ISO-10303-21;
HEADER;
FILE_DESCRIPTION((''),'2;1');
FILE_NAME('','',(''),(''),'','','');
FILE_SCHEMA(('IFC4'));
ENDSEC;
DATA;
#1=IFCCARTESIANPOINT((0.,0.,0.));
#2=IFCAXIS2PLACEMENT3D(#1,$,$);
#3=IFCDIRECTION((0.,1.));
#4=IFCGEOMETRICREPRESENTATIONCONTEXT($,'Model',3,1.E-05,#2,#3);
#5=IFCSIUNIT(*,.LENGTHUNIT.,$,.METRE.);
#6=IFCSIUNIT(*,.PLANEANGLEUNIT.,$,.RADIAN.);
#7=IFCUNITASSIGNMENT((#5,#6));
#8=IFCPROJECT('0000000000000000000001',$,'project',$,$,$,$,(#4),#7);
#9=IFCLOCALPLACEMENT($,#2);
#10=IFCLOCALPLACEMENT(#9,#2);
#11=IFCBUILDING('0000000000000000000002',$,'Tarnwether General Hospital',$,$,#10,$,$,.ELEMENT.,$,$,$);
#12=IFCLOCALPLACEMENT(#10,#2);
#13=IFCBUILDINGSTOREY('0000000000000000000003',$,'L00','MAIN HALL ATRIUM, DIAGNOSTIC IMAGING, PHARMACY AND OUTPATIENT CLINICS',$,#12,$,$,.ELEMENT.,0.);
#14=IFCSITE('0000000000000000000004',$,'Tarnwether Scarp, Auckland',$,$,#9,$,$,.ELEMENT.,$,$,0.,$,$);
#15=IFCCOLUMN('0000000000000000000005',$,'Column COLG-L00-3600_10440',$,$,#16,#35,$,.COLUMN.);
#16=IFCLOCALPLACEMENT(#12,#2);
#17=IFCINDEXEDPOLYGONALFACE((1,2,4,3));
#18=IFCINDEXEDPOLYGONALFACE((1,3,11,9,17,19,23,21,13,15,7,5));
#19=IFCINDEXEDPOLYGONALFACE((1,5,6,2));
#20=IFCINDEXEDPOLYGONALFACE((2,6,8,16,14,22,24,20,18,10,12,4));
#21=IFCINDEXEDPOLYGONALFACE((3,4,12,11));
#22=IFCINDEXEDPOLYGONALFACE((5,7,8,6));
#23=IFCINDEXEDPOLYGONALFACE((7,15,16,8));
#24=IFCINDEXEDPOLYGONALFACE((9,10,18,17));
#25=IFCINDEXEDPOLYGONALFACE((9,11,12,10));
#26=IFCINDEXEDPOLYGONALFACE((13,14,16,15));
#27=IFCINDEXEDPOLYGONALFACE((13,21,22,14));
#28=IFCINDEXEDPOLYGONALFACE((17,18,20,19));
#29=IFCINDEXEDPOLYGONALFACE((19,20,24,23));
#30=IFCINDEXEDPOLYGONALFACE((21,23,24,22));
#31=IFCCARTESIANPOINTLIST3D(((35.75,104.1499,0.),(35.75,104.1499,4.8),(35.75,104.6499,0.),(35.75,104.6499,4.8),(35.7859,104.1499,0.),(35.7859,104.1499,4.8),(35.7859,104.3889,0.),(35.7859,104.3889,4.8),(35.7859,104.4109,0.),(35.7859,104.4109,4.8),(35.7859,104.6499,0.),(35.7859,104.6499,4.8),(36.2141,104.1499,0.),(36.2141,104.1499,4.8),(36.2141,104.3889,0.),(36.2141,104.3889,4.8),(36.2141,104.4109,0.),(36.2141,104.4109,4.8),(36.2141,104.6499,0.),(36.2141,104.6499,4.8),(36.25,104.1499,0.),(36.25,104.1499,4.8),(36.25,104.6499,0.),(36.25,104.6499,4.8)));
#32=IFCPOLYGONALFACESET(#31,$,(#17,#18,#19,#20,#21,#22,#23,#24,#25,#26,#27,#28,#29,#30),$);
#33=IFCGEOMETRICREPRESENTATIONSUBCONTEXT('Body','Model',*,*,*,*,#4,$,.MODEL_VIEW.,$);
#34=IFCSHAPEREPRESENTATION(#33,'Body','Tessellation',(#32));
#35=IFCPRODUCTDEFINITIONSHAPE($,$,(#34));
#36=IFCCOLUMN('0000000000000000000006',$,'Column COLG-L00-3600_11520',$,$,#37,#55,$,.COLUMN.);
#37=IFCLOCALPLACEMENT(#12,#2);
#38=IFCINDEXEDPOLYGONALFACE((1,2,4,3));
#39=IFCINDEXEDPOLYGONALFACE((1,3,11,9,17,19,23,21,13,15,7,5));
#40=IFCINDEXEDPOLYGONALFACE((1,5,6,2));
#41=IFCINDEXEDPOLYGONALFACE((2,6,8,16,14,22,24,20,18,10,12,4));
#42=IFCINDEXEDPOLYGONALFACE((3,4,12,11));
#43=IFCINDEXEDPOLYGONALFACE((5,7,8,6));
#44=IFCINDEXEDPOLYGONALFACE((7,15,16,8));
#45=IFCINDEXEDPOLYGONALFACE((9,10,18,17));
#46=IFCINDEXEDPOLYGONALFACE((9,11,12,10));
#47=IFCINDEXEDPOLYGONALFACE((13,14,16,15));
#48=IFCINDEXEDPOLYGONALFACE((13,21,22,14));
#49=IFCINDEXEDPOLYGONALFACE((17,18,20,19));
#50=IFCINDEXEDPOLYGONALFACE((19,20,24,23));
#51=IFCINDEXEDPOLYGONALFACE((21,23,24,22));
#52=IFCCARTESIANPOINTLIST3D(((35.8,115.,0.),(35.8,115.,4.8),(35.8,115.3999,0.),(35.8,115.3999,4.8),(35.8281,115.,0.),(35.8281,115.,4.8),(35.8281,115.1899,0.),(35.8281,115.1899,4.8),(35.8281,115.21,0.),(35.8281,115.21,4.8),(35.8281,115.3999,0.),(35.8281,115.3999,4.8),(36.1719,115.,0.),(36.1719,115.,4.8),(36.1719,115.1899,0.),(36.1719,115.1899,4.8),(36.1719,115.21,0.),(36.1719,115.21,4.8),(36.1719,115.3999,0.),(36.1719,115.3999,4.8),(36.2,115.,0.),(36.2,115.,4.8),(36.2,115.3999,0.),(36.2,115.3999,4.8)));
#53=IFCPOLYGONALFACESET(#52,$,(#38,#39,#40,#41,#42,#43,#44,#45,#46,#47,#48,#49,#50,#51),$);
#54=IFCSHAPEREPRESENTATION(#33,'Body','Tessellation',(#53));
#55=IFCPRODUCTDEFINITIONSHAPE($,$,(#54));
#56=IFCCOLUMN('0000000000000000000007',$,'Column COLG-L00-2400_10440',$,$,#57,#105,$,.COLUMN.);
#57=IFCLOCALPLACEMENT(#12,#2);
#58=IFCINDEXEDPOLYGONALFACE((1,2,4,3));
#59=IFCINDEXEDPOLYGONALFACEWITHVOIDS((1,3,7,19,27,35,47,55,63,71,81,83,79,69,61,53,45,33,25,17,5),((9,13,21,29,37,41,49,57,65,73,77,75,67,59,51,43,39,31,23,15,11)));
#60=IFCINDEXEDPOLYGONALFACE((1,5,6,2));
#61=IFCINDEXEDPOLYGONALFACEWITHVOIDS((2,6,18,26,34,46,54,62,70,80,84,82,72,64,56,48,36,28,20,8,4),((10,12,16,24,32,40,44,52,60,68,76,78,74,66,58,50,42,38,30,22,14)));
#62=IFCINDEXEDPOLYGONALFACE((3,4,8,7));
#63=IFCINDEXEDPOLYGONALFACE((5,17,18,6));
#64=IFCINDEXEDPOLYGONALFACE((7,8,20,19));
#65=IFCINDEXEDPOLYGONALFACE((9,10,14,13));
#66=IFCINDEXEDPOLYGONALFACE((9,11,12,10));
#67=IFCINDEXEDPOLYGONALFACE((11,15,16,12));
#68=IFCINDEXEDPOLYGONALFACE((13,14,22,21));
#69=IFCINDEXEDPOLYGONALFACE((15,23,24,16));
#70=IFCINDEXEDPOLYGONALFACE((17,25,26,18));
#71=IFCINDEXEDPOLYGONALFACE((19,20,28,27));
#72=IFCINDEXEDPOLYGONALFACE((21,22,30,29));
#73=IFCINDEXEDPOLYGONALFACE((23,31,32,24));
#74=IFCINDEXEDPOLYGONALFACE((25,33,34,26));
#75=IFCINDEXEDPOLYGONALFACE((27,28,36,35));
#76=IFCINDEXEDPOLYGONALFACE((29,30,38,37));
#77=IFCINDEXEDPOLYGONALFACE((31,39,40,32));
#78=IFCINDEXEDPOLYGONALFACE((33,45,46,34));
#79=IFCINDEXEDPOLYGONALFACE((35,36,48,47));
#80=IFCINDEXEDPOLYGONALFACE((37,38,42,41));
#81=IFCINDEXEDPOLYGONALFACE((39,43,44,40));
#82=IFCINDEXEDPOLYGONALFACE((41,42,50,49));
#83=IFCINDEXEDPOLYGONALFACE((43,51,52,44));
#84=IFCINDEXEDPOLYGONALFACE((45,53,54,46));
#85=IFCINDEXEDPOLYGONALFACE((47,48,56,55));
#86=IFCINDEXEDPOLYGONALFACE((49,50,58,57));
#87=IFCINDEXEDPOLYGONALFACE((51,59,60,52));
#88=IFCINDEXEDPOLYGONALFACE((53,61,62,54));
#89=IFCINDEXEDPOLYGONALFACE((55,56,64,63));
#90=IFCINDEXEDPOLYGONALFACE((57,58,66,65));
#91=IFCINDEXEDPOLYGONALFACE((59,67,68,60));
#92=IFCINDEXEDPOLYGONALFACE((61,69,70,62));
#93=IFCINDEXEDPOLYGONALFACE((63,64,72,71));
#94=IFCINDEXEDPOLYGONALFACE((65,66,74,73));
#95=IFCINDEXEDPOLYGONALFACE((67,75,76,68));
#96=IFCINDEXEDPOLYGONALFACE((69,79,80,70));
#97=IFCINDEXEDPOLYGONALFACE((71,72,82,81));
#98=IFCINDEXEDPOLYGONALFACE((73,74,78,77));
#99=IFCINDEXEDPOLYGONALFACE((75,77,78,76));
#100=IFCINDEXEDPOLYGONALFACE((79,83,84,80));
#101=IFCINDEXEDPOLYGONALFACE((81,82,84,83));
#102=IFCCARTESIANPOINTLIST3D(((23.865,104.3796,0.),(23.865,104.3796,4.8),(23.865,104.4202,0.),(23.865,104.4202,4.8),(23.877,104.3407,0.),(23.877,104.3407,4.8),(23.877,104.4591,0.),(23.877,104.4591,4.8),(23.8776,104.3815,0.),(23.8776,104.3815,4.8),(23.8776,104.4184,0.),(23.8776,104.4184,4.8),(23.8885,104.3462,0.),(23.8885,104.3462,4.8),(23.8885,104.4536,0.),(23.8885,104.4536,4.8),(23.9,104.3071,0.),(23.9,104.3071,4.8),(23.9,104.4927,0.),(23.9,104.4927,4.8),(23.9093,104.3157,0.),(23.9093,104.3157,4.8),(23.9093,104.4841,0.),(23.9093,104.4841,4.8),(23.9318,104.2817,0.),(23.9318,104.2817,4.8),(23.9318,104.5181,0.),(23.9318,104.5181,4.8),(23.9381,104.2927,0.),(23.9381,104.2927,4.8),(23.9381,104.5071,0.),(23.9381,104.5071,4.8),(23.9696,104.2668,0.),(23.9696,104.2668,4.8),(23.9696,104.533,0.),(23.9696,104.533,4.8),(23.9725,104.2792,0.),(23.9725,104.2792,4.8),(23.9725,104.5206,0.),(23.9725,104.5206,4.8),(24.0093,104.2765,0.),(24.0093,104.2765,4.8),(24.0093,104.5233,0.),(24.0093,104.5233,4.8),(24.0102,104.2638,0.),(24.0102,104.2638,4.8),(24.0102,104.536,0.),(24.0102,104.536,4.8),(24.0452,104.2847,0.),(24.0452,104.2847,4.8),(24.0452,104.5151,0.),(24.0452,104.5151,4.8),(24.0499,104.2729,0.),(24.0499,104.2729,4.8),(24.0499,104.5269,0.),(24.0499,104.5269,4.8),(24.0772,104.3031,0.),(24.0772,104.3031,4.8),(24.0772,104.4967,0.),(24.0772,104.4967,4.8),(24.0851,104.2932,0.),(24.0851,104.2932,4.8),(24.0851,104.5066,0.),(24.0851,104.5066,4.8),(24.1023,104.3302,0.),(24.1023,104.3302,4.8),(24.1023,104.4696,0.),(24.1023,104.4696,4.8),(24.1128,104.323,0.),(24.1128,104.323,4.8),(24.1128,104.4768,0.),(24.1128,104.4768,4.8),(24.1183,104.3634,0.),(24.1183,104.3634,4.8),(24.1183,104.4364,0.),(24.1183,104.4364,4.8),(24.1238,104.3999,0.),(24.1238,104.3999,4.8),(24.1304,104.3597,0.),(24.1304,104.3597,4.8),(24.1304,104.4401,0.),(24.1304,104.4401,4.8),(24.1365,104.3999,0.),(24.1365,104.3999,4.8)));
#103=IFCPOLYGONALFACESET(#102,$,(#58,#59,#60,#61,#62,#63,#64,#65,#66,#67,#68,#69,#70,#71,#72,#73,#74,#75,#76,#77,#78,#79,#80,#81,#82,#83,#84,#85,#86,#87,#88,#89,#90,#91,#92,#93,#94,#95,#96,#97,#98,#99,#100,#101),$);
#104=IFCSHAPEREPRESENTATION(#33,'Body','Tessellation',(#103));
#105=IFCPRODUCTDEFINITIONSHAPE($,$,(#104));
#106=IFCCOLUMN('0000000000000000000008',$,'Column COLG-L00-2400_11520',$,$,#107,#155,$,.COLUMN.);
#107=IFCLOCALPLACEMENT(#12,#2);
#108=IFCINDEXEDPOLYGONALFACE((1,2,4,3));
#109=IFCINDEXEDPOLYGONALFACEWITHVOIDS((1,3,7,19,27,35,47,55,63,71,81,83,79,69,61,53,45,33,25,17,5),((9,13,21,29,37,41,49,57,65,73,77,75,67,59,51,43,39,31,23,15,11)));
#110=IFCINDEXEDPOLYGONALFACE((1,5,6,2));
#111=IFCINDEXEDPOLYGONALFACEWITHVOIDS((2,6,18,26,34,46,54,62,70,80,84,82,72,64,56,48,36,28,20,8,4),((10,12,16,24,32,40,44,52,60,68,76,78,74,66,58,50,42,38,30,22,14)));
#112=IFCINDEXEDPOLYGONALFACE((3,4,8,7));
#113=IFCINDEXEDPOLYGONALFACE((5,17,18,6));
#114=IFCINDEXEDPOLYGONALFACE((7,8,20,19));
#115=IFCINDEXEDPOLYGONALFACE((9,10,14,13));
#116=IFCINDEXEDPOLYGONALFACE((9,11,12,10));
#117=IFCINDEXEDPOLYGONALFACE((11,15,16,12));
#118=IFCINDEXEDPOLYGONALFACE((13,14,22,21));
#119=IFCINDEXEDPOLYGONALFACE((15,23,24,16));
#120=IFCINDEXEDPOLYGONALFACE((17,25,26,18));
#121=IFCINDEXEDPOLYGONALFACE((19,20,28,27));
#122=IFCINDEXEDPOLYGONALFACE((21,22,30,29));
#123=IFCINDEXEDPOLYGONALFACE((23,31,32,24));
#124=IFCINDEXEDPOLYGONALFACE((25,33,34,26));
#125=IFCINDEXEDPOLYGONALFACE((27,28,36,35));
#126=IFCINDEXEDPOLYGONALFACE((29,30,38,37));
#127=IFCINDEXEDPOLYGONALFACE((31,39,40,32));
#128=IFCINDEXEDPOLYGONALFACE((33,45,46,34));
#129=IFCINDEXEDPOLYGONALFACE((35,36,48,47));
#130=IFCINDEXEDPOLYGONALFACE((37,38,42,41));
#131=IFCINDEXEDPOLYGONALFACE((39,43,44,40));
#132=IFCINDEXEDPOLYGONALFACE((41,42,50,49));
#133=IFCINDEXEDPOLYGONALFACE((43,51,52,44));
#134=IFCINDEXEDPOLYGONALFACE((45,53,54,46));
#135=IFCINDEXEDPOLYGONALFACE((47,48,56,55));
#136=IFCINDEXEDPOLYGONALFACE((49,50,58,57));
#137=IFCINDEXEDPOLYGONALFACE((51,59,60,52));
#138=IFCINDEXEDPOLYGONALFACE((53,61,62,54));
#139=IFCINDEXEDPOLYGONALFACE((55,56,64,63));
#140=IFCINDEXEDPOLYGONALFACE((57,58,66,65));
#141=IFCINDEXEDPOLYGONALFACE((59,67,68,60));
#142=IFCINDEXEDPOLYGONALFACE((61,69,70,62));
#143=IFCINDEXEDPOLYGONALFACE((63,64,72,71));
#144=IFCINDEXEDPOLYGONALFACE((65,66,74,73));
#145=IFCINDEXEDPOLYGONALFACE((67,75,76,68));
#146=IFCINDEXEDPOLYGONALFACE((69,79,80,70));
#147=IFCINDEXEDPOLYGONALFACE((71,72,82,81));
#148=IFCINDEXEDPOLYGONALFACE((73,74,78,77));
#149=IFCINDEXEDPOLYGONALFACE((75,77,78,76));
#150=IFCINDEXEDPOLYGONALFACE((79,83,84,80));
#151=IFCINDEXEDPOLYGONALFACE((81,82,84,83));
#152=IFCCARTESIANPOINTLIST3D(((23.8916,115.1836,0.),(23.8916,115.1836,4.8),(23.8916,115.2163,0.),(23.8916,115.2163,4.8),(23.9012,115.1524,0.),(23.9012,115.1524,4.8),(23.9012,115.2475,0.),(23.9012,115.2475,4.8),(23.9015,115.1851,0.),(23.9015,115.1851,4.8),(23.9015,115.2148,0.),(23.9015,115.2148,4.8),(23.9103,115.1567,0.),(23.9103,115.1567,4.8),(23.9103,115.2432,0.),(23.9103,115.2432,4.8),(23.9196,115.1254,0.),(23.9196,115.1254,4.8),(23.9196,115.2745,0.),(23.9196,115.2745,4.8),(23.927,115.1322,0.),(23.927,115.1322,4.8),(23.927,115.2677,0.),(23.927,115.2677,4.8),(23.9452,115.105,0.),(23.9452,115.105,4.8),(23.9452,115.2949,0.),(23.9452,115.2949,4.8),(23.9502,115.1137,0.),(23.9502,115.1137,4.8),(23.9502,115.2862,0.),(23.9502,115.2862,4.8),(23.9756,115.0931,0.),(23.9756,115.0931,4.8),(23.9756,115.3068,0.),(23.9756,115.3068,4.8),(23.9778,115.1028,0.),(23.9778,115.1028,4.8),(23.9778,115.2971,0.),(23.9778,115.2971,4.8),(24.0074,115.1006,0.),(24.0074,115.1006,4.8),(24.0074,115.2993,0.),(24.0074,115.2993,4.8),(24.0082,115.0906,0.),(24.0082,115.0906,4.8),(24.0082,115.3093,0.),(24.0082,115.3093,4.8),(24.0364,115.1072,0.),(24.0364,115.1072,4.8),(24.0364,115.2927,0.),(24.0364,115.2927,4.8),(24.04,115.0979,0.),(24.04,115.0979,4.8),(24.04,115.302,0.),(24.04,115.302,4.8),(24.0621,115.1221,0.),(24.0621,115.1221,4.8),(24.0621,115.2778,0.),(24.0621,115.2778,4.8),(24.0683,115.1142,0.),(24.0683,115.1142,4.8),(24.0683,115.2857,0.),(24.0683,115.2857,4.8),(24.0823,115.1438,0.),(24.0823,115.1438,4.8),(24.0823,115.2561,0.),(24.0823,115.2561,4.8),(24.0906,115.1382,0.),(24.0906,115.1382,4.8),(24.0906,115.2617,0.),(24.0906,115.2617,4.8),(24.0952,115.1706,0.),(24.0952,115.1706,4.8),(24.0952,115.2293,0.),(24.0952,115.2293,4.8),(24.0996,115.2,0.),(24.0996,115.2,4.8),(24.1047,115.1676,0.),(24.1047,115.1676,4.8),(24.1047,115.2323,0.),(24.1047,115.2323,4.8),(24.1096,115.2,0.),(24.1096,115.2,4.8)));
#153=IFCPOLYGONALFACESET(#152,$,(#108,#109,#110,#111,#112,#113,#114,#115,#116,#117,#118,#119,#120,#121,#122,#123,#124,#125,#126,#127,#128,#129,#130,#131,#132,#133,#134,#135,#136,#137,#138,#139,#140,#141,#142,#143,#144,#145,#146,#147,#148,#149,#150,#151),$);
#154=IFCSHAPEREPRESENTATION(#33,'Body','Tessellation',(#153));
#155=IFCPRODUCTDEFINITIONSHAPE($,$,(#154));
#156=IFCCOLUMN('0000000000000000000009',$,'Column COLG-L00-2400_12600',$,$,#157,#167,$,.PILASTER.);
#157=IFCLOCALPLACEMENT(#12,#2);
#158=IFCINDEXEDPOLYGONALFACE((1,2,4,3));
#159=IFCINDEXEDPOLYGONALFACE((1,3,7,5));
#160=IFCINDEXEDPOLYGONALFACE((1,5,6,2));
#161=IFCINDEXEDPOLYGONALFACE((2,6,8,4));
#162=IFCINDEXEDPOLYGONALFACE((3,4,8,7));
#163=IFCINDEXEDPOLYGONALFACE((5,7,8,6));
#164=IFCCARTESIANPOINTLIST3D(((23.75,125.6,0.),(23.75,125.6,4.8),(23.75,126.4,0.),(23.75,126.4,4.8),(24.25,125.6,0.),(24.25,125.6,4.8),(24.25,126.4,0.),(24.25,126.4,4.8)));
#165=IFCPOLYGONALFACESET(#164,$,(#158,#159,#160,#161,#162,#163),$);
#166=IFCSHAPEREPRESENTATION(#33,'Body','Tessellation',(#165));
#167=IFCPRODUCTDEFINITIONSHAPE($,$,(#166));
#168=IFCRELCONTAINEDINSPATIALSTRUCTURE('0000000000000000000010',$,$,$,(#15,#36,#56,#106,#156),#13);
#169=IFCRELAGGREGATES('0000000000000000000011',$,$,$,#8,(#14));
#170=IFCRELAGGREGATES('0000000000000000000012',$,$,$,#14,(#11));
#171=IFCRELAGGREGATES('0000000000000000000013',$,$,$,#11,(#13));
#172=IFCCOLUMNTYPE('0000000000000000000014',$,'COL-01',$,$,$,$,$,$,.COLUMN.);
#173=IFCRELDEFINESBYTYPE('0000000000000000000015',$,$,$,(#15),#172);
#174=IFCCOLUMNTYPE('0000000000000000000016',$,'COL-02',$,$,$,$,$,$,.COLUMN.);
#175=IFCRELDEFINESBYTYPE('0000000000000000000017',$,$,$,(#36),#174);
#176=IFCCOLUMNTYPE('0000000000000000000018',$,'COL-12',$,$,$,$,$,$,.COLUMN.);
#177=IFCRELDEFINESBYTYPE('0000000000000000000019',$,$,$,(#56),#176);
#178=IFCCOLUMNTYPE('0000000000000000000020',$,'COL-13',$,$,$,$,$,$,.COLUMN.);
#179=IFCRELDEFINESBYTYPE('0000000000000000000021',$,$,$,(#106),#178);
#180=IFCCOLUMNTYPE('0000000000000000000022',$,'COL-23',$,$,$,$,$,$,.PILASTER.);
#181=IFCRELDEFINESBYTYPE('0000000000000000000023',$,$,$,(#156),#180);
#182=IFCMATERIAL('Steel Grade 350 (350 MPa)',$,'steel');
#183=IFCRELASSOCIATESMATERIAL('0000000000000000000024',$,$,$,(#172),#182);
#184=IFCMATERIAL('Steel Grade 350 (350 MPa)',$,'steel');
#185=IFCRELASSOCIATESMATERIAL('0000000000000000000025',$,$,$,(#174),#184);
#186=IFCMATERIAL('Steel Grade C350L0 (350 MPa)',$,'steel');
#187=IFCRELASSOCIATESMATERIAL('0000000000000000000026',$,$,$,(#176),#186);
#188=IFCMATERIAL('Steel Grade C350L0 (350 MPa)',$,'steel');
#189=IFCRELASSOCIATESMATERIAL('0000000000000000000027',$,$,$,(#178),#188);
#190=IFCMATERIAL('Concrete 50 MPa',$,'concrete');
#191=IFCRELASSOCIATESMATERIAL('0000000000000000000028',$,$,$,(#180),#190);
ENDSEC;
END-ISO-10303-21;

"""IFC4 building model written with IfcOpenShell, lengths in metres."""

from ifc_helpers import new_model, si_unit, direction, frame, origin, origin_2d, place, context, subcontext, project, spatial, rectangle, hollow_circle, i_section, extrude, material, material_profile, profile_set, type_object, element, save


model = new_model("IFC4")

# Units and contexts
model_context = context("Model", 3, precision=1e-05, world=origin(), true_north=direction((0.0, 1.0)))
body_context = subcontext(model_context, "Body", "Model", "MODEL_VIEW")
ifc_project = project(units=[si_unit("LENGTHUNIT", "METRE"), si_unit("PLANEANGLEUNIT", "RADIAN")], contexts=[model_context])

# Site, building, storey
site_placement = place(None, origin())
site = spatial("IfcSite", under=ifc_project, at=site_placement, Name="Tarnwether Scarp, Auckland", CompositionType="ELEMENT", RefElevation=0.0)
building_placement = place(site_placement, origin())
building = spatial("IfcBuilding", under=site, at=building_placement, Name="Tarnwether General Hospital", CompositionType="ELEMENT")
storey_placement = place(building_placement, origin())
storey = spatial("IfcBuildingStorey", under=building, at=storey_placement, Name="L00", Description="MAIN HALL ATRIUM, DIAGNOSTIC IMAGING, PHARMACY AND OUTPATIENT CLINICS", CompositionType="ELEMENT", Elevation=0.0)

# Columns
ifc_material_1 = material(Name="Steel Grade 350 (350 MPa)", Category="steel")
ifc_material_profile_1 = material_profile(ifc_material_1, i_section(OverallWidth=0.5, OverallDepth=0.5, WebThickness=0.022, FlangeThickness=0.0359, at=origin_2d()), Name="500WC380")
ifc_profile_set_1 = profile_set([ifc_material_profile_1], Name="Steel Grade 350 (350 MPa)")
column_type_1 = type_object("IfcColumnType", Name="COL-01", PredefinedType="COLUMN", material=ifc_profile_set_1)
column_1_placement = place(storey_placement, frame((36.0, 104.3999, 0.0), z_axis=(0.0, 0.0, 1.0), x_axis=(0.0, 1.0, 0.0)))
element("IfcColumn", 1, at=column_1_placement, inside=storey, type_object=column_type_1, Name="Column COLG-L00-3600_10440", PredefinedType="COLUMN", context=body_context, shape_type="SweptSolid", body=[
    extrude(i_section(OverallWidth=0.5, OverallDepth=0.5, WebThickness=0.022, FlangeThickness=0.0359, at=origin_2d()), origin(), (0.0, 0.0, 1.0), 4.8),
])
ifc_material_2 = material(Name="Steel Grade 350 (350 MPa)", Category="steel")
ifc_material_profile_2 = material_profile(ifc_material_2, i_section(OverallWidth=0.3999, OverallDepth=0.3999, WebThickness=0.02, FlangeThickness=0.0281, at=origin_2d()), Name="400WC270")
ifc_profile_set_2 = profile_set([ifc_material_profile_2], Name="Steel Grade 350 (350 MPa)")
column_type_2 = type_object("IfcColumnType", Name="COL-02", PredefinedType="COLUMN", material=ifc_profile_set_2)
column_2_placement = place(storey_placement, frame((36.0, 115.2, 0.0), z_axis=(0.0, 0.0, 1.0), x_axis=(0.0, 1.0, 0.0)))
element("IfcColumn", 2, at=column_2_placement, inside=storey, type_object=column_type_2, Name="Column COLG-L00-3600_11520", PredefinedType="COLUMN", context=body_context, shape_type="SweptSolid", body=[
    extrude(i_section(OverallWidth=0.3999, OverallDepth=0.3999, WebThickness=0.02, FlangeThickness=0.0281, at=origin_2d()), origin(), (0.0, 0.0, 1.0), 4.8),
])
ifc_material_3 = material(Name="Steel Grade C350L0 (350 MPa)", Category="steel")
ifc_material_profile_3 = material_profile(ifc_material_3, hollow_circle(Radius=0.1365, WallThickness=0.0127, at=origin_2d()), Name="CHS273.1x12.7")
ifc_profile_set_3 = profile_set([ifc_material_profile_3], Name="Steel Grade C350L0 (350 MPa)")
column_type_3 = type_object("IfcColumnType", Name="COL-12", PredefinedType="COLUMN", material=ifc_profile_set_3)
column_3_placement = place(storey_placement, frame((24.0, 104.3999, 0.0), z_axis=(0.0, 0.0, 1.0), x_axis=(1.0, 0.0, 0.0)))
element("IfcColumn", 3, at=column_3_placement, inside=storey, type_object=column_type_3, Name="Column COLG-L00-2400_10440", PredefinedType="COLUMN", context=body_context, shape_type="SweptSolid", body=[
    extrude(hollow_circle(Radius=0.1365, WallThickness=0.0127, at=origin_2d()), origin(), (0.0, 0.0, 1.0), 4.8),
])
ifc_material_4 = material(Name="Steel Grade C350L0 (350 MPa)", Category="steel")
ifc_material_profile_4 = material_profile(ifc_material_4, hollow_circle(Radius=0.1096, WallThickness=0.01, at=origin_2d()), Name="CHS219.1x10.0")
ifc_profile_set_4 = profile_set([ifc_material_profile_4], Name="Steel Grade C350L0 (350 MPa)")
column_type_4 = type_object("IfcColumnType", Name="COL-13", PredefinedType="COLUMN", material=ifc_profile_set_4)
column_4_placement = place(storey_placement, frame((24.0, 115.2, 0.0), z_axis=(0.0, 0.0, 1.0), x_axis=(1.0, 0.0, 0.0)))
element("IfcColumn", 4, at=column_4_placement, inside=storey, type_object=column_type_4, Name="Column COLG-L00-2400_11520", PredefinedType="COLUMN", context=body_context, shape_type="SweptSolid", body=[
    extrude(hollow_circle(Radius=0.1096, WallThickness=0.01, at=origin_2d()), origin(), (0.0, 0.0, 1.0), 4.8),
])
ifc_material_5 = material(Name="Concrete 50 MPa", Category="concrete")
ifc_material_profile_5 = material_profile(ifc_material_5, rectangle(XDim=0.5, YDim=0.8, at=origin_2d()), Name="RC-PIL-500x800")
ifc_profile_set_5 = profile_set([ifc_material_profile_5], Name="Concrete 50 MPa")
column_type_5 = type_object("IfcColumnType", Name="COL-23", PredefinedType="PILASTER", material=ifc_profile_set_5)
column_5_placement = place(storey_placement, frame((24.0, 126.0, 0.0), z_axis=(0.0, 0.0, 1.0), x_axis=(1.0, 0.0, 0.0)))
element("IfcColumn", 5, at=column_5_placement, inside=storey, type_object=column_type_5, Name="Column COLG-L00-2400_12600", PredefinedType="PILASTER", context=body_context, shape_type="SweptSolid", body=[
    extrude(rectangle(XDim=0.5, YDim=0.8, at=origin_2d()), origin(), (0.0, 0.0, 1.0), 4.8),
])

save(model, "model.ifc")
